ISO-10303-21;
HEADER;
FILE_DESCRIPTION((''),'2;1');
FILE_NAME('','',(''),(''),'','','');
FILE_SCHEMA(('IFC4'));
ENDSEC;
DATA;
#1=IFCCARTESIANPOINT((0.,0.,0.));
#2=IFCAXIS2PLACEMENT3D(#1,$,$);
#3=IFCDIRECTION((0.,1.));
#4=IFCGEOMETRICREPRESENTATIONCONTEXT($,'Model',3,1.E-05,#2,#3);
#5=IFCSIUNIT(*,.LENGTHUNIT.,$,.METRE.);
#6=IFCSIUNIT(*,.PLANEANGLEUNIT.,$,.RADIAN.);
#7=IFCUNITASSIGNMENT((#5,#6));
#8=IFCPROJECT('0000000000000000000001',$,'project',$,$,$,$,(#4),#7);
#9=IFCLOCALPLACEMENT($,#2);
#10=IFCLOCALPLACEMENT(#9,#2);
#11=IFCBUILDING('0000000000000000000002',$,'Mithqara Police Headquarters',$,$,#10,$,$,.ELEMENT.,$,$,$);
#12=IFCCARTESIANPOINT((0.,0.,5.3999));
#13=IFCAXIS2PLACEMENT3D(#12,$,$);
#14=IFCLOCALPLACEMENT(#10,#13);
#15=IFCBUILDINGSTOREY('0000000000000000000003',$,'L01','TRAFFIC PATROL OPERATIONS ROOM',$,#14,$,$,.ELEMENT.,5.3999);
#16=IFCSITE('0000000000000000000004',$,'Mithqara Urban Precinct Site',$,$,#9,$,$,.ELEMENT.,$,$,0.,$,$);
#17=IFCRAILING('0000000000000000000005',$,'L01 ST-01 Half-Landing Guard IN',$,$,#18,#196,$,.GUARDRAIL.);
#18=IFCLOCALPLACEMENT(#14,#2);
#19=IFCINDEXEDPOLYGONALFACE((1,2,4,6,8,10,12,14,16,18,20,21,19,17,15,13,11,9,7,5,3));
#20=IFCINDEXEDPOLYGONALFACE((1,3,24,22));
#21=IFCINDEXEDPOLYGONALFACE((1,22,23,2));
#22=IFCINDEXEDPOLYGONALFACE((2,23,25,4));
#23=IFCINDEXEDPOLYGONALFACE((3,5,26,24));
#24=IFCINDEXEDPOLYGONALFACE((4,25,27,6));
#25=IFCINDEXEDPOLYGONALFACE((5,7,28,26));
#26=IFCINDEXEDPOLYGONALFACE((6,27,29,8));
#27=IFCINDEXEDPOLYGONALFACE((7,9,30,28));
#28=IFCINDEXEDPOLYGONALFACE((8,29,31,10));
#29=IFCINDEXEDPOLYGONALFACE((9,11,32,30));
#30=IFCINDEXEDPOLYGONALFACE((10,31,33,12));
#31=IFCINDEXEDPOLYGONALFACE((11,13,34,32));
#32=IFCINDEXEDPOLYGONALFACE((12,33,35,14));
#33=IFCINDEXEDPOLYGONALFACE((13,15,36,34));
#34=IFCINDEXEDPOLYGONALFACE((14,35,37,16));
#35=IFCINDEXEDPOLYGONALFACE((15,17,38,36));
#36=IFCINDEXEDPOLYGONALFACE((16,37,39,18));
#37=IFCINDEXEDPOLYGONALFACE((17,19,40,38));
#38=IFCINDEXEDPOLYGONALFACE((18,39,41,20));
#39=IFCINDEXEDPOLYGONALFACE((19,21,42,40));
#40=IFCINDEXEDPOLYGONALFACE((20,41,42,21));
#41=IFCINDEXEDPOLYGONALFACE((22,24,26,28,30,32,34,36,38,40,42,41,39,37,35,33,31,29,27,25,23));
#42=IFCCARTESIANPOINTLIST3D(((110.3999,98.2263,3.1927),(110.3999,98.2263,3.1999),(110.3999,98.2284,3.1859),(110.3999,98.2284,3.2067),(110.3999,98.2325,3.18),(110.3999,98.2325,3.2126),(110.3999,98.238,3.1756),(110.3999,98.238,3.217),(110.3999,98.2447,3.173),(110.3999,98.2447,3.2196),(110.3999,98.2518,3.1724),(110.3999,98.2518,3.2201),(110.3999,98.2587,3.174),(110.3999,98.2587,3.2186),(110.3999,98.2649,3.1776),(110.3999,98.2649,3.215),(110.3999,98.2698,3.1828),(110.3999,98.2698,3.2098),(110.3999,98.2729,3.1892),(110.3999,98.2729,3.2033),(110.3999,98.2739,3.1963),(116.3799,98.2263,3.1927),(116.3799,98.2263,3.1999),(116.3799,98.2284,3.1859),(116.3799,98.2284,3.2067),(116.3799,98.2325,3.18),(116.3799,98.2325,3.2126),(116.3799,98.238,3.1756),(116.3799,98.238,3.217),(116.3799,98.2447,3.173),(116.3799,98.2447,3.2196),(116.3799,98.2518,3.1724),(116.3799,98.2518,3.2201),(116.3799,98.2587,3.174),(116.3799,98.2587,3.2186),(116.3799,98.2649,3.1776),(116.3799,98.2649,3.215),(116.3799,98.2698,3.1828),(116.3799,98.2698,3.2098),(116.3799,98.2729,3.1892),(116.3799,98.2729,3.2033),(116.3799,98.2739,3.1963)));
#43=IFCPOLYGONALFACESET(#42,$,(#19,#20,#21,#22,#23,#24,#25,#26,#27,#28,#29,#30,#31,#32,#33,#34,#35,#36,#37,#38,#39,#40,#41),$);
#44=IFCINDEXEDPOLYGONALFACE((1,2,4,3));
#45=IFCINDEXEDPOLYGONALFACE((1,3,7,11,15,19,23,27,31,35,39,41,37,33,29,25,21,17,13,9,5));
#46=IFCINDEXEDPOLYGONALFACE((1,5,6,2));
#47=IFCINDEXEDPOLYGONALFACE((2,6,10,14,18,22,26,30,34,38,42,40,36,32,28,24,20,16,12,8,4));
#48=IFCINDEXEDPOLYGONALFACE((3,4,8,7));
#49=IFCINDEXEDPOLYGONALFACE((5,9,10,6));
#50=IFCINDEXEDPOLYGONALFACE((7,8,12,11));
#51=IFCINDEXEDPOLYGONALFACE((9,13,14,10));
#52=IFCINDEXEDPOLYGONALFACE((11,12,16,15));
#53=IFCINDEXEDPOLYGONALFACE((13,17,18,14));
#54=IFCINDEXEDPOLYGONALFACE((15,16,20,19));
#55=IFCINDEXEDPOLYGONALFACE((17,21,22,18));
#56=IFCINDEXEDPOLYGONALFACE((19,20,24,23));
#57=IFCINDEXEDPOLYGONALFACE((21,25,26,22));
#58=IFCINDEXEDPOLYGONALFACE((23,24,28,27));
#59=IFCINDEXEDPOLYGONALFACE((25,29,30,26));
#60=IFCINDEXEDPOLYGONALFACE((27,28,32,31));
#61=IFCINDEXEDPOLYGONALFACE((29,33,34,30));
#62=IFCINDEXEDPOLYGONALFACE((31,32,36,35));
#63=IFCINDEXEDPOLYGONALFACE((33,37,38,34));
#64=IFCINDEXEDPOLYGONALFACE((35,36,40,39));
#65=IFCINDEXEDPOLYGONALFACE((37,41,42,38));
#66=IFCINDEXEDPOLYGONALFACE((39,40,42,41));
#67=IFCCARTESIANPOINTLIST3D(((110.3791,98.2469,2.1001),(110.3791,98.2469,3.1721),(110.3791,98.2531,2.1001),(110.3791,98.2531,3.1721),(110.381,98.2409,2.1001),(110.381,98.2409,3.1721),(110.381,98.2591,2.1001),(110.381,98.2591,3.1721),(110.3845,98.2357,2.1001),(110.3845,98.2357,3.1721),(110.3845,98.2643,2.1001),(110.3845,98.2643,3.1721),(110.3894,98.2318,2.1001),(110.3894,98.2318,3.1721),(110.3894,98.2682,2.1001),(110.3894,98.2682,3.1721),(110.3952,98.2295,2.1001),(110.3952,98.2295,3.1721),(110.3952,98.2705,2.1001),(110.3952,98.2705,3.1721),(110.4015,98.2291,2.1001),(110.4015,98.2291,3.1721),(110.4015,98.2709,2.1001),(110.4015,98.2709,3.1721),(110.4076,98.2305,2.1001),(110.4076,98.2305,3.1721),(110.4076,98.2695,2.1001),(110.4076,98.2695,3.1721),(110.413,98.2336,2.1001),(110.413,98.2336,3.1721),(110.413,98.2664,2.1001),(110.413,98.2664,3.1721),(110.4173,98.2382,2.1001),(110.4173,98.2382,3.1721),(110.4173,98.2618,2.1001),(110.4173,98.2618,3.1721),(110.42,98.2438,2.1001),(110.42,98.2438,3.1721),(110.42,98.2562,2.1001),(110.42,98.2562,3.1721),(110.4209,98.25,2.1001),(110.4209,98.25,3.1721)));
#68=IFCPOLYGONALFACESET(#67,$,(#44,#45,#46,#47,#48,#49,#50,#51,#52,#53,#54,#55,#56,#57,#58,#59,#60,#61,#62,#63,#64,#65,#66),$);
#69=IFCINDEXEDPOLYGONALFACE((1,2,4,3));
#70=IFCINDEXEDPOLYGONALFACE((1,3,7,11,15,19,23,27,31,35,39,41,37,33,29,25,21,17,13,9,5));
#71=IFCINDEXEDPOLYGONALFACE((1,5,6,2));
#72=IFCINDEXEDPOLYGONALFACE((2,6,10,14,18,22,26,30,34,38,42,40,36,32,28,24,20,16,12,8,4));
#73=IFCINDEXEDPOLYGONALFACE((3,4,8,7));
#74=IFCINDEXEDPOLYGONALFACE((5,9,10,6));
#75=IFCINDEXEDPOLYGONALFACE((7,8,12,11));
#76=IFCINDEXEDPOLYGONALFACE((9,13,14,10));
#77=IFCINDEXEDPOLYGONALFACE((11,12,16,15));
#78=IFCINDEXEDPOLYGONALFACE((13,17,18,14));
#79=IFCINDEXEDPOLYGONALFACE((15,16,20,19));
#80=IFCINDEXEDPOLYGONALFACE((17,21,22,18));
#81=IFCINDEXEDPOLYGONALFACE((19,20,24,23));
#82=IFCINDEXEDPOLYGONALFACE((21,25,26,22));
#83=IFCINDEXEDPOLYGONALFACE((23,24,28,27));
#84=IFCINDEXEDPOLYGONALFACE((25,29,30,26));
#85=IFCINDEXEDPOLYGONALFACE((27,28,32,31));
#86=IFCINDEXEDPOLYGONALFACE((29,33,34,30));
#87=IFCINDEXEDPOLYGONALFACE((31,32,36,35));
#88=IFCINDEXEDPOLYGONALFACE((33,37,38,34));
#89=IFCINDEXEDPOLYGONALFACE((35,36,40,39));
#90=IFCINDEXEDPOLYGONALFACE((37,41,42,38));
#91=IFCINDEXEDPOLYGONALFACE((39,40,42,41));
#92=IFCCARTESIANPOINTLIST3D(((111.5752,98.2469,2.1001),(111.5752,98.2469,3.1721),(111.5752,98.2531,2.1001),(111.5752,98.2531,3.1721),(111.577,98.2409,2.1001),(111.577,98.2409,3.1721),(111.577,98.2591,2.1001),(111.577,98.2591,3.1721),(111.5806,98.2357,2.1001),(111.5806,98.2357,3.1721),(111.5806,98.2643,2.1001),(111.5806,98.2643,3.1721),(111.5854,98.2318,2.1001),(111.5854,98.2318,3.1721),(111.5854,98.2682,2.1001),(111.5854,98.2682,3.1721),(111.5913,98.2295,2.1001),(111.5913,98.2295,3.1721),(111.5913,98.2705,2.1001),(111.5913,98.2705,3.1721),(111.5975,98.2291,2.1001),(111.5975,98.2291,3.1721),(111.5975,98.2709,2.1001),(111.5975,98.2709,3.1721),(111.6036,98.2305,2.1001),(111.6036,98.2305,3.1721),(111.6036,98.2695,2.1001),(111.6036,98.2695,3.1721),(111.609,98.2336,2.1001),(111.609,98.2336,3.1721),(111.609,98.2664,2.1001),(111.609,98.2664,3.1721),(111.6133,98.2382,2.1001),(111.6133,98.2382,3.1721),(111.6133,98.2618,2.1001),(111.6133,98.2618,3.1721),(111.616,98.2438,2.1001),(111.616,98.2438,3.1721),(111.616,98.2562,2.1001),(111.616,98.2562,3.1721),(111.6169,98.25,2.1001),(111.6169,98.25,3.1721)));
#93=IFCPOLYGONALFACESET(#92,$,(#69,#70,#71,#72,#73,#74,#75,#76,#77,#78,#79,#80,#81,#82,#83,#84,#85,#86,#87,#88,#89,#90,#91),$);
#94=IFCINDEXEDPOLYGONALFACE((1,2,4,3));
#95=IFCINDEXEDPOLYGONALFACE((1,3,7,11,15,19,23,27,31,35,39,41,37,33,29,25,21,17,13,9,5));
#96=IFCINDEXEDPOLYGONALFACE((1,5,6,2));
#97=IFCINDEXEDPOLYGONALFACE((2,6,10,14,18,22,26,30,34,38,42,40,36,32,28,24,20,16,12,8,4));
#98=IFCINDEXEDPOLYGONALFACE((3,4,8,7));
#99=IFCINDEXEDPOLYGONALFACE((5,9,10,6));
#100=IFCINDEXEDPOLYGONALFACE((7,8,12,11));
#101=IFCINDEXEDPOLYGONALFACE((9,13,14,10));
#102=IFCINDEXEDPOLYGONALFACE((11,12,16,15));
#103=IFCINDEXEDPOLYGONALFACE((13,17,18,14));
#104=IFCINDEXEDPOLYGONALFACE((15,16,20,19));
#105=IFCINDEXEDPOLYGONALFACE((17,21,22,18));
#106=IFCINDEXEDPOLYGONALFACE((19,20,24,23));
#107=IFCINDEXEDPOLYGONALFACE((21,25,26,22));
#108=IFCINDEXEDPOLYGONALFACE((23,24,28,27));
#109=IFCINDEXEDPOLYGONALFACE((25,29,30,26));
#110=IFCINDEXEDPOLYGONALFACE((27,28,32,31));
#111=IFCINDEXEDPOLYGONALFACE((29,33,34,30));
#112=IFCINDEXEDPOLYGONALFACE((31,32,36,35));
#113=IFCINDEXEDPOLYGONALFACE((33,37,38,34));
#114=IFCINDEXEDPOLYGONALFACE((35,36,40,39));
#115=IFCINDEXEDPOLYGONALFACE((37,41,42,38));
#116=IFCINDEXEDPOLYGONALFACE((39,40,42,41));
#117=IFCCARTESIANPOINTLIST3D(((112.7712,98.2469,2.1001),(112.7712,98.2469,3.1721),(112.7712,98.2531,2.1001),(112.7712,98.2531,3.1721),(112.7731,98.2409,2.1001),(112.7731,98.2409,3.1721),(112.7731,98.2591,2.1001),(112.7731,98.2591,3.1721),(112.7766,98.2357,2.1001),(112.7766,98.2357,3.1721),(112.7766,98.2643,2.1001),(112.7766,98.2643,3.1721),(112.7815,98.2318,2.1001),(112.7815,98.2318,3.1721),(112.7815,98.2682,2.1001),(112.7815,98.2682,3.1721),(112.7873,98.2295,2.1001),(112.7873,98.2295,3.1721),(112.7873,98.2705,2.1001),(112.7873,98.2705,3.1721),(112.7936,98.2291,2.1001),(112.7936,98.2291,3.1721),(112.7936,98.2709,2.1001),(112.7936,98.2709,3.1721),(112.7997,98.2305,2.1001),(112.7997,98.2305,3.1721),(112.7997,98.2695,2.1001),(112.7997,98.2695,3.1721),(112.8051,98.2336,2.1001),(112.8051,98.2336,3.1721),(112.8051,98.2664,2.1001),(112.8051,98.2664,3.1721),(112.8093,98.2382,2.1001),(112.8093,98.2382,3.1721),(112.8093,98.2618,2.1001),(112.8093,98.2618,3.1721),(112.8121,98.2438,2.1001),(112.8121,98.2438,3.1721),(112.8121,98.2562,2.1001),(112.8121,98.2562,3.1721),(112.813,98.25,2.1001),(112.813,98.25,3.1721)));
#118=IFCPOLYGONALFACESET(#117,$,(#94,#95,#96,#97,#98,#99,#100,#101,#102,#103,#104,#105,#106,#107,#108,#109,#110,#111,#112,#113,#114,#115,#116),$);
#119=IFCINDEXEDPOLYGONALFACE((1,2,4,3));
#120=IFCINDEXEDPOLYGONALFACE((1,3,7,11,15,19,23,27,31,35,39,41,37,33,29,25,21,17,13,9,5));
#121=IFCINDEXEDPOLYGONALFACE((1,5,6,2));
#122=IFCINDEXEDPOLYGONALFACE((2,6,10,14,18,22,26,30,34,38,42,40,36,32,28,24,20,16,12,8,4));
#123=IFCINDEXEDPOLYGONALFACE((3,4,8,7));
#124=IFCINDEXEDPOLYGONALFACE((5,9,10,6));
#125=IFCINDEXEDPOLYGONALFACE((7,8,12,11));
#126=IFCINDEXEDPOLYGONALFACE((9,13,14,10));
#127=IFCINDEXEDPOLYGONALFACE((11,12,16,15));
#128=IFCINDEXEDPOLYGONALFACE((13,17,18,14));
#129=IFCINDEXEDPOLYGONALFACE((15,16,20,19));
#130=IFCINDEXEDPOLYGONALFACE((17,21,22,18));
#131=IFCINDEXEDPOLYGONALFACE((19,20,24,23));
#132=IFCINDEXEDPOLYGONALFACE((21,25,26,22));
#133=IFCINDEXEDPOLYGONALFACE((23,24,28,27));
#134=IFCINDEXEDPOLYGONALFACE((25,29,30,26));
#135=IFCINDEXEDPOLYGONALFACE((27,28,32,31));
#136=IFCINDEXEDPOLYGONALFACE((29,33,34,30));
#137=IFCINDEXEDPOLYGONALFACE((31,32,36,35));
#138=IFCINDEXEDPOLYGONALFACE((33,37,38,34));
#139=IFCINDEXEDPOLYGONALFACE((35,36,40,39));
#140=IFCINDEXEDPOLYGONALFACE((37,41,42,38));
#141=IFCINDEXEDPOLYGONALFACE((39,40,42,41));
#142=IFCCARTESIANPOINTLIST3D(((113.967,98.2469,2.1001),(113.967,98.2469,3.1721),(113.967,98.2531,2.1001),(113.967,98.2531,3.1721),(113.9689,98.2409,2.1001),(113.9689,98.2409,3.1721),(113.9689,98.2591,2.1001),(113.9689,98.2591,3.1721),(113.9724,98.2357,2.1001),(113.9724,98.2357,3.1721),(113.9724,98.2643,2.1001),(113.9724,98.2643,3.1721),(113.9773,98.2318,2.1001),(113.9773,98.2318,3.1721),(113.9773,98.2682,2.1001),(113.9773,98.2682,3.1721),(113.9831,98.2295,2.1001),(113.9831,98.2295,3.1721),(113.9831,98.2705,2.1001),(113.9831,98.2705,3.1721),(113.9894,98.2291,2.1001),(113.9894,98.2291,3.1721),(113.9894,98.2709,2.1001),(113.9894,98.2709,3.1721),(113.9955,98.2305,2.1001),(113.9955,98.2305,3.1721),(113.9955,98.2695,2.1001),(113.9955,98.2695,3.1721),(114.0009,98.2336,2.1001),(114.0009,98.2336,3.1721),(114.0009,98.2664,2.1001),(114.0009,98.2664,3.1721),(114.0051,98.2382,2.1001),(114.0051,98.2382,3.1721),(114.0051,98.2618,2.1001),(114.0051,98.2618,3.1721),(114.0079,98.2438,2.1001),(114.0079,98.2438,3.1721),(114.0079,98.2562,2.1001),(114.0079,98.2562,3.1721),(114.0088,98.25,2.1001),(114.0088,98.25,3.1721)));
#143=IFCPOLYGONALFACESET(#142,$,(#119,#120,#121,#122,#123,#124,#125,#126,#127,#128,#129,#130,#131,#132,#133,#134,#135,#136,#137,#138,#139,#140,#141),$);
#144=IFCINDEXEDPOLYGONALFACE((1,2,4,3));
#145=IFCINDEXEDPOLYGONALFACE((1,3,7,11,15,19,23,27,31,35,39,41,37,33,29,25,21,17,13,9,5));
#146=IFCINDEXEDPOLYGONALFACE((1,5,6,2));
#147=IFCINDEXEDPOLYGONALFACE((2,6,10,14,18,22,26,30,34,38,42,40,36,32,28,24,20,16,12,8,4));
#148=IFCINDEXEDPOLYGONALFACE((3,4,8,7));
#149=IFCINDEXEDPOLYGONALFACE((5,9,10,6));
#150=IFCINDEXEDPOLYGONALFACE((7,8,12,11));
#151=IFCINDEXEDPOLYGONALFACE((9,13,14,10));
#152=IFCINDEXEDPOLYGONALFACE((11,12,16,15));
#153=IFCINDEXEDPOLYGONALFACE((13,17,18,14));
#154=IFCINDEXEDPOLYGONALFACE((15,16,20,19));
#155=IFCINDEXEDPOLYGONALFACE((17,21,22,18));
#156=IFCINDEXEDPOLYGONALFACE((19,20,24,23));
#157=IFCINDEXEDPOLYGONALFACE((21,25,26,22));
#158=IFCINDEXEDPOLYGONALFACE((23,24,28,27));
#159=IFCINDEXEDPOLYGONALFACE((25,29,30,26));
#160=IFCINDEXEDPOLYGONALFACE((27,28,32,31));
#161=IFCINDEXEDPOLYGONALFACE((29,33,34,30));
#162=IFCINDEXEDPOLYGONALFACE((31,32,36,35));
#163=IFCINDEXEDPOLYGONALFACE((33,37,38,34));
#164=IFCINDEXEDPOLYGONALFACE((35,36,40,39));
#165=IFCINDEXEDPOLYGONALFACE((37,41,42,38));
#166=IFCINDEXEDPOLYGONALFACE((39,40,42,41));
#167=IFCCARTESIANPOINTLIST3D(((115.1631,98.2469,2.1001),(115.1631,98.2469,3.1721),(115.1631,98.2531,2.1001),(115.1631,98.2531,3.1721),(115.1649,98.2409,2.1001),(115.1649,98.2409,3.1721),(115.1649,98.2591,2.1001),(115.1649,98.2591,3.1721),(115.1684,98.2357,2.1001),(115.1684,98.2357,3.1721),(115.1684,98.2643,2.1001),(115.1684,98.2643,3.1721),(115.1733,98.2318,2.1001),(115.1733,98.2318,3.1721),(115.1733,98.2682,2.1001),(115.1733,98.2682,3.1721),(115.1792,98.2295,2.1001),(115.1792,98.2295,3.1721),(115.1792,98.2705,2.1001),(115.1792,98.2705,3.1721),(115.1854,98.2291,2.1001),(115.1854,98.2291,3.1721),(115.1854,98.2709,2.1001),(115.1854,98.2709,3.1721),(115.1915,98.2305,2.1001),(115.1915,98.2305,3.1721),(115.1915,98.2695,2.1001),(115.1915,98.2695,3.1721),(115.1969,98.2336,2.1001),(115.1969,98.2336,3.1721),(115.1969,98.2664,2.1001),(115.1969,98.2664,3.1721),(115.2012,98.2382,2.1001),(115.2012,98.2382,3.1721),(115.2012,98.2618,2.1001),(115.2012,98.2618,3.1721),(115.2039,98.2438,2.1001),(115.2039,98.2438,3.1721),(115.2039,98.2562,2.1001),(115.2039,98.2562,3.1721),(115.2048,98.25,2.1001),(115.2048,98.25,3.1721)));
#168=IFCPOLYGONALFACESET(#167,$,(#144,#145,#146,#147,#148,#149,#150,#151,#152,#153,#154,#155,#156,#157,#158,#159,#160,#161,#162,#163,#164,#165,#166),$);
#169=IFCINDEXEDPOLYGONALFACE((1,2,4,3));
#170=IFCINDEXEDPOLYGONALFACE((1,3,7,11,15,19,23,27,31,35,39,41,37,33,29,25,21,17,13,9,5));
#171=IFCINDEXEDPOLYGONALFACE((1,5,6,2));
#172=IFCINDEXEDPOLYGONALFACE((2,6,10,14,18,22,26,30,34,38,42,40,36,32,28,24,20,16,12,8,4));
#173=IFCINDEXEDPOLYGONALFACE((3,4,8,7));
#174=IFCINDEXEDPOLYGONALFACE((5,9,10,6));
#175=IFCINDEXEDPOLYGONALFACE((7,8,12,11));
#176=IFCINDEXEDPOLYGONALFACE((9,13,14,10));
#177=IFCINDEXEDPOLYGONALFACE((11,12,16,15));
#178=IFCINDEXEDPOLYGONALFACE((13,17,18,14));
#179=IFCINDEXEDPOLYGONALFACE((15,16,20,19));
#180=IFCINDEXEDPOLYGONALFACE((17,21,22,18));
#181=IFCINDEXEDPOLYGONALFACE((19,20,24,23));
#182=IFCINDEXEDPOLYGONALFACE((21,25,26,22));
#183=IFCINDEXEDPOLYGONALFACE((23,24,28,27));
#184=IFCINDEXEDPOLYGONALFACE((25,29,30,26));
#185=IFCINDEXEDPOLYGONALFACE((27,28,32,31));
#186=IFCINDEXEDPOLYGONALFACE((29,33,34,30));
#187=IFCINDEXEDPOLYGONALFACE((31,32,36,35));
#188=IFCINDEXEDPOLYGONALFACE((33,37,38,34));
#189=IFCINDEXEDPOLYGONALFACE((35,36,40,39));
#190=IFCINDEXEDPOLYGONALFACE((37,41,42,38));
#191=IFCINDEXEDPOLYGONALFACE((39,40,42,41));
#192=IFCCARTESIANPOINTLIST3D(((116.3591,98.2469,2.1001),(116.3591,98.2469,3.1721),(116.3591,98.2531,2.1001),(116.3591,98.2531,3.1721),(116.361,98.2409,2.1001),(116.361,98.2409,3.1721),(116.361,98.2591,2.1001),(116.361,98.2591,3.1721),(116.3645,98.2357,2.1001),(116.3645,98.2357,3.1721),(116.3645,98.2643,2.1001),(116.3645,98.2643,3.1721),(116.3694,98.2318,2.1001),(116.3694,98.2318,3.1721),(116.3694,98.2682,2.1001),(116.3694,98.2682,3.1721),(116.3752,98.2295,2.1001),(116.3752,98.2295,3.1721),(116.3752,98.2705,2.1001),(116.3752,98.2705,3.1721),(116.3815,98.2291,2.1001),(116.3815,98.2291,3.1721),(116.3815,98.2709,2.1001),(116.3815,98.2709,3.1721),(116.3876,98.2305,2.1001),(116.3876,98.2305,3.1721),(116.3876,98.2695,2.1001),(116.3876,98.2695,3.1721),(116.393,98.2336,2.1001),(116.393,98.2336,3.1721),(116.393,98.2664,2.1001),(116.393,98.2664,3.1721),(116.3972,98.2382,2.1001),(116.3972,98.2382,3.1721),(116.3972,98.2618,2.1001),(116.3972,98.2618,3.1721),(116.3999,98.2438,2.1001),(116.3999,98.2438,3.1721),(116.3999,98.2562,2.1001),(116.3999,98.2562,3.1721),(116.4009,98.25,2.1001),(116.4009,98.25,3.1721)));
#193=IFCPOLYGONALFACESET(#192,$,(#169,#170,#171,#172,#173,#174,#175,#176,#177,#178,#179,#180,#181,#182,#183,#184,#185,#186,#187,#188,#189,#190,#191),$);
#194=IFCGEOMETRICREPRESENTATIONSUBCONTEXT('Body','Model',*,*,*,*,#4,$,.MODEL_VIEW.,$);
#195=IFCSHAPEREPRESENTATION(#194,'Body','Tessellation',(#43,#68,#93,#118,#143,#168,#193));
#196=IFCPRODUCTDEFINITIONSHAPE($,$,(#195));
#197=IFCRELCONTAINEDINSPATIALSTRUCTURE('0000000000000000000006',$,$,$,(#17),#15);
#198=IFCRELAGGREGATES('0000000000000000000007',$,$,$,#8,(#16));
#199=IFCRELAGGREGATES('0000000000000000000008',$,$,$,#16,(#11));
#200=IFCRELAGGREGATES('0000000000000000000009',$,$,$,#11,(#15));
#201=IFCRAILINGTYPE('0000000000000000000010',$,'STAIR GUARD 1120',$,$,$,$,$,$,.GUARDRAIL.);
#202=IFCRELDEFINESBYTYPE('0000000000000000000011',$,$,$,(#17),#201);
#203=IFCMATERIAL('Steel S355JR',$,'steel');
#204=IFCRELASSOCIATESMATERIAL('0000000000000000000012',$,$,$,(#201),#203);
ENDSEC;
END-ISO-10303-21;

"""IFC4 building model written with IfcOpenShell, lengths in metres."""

from ifc_helpers import new_model, si_unit, direction, frame, origin, origin_2d, place, context, subcontext, project, spatial, circle, extrude, material, type_object, element, save


model = new_model("IFC4")

# Units and contexts
model_context = context("Model", 3, precision=1e-05, world=origin(), true_north=direction((0.0, 1.0)))
body_context = subcontext(model_context, "Body", "Model", "MODEL_VIEW")
ifc_project = project(units=[si_unit("LENGTHUNIT", "METRE"), si_unit("PLANEANGLEUNIT", "RADIAN")], contexts=[model_context])

# Site, building, storey
site_placement = place(None, origin())
site = spatial("IfcSite", under=ifc_project, at=site_placement, Name="Mithqara Urban Precinct Site", CompositionType="ELEMENT", RefElevation=0.0)
building_placement = place(site_placement, origin())
building = spatial("IfcBuilding", under=site, at=building_placement, Name="Mithqara Police Headquarters", CompositionType="ELEMENT")
storey_placement = place(building_placement, frame((0.0, 0.0, 5.3999)))
storey = spatial("IfcBuildingStorey", under=building, at=storey_placement, Name="L01", Description="TRAFFIC PATROL OPERATIONS ROOM", CompositionType="ELEMENT", Elevation=5.3999)

# Shared definitions
ifc_material_1 = material(Name="Steel S355JR", Category="steel")

# Railing
railing_type_1 = type_object("IfcRailingType", Name="STAIR GUARD 1120", PredefinedType="GUARDRAIL", material=ifc_material_1)
for number, where, name in (
    (1, (110.3999, 98.25, 2.1001), "L01 ST-01 Half-Landing Guard IN"),
):
    element("IfcRailing", number, at=place(storey_placement, frame(where)), inside=storey, type_object=railing_type_1, Name=name, PredefinedType="GUARDRAIL", context=body_context, shape_type="SweptSolid", body=[
        extrude(circle(Radius=0.0239, at=origin_2d()), frame((0.0, 0.0, 1.0962), z_axis=(1.0, 0.0, 0.0), x_axis=(0.0, 1.0, 0.0)), (0.0, 0.0, 1.0), 5.98),
        extrude(circle(Radius=0.021, at=origin_2d()), origin(), (0.0, 0.0, 1.0), 1.072),
        extrude(circle(Radius=0.021, at=origin_2d()), frame((1.196, 0.0, 0.0)), (0.0, 0.0, 1.0), 1.072),
        extrude(circle(Radius=0.021, at=origin_2d()), frame((2.3921, 0.0, 0.0)), (0.0, 0.0, 1.0), 1.072),
        extrude(circle(Radius=0.021, at=origin_2d()), frame((3.5879, 0.0, 0.0)), (0.0, 0.0, 1.0), 1.072),
        extrude(circle(Radius=0.021, at=origin_2d()), frame((4.7839, 0.0, 0.0)), (0.0, 0.0, 1.0), 1.072),
        extrude(circle(Radius=0.021, at=origin_2d()), frame((5.98, 0.0, 0.0)), (0.0, 0.0, 1.0), 1.072),
    ])

save(model, "model.ifc")
